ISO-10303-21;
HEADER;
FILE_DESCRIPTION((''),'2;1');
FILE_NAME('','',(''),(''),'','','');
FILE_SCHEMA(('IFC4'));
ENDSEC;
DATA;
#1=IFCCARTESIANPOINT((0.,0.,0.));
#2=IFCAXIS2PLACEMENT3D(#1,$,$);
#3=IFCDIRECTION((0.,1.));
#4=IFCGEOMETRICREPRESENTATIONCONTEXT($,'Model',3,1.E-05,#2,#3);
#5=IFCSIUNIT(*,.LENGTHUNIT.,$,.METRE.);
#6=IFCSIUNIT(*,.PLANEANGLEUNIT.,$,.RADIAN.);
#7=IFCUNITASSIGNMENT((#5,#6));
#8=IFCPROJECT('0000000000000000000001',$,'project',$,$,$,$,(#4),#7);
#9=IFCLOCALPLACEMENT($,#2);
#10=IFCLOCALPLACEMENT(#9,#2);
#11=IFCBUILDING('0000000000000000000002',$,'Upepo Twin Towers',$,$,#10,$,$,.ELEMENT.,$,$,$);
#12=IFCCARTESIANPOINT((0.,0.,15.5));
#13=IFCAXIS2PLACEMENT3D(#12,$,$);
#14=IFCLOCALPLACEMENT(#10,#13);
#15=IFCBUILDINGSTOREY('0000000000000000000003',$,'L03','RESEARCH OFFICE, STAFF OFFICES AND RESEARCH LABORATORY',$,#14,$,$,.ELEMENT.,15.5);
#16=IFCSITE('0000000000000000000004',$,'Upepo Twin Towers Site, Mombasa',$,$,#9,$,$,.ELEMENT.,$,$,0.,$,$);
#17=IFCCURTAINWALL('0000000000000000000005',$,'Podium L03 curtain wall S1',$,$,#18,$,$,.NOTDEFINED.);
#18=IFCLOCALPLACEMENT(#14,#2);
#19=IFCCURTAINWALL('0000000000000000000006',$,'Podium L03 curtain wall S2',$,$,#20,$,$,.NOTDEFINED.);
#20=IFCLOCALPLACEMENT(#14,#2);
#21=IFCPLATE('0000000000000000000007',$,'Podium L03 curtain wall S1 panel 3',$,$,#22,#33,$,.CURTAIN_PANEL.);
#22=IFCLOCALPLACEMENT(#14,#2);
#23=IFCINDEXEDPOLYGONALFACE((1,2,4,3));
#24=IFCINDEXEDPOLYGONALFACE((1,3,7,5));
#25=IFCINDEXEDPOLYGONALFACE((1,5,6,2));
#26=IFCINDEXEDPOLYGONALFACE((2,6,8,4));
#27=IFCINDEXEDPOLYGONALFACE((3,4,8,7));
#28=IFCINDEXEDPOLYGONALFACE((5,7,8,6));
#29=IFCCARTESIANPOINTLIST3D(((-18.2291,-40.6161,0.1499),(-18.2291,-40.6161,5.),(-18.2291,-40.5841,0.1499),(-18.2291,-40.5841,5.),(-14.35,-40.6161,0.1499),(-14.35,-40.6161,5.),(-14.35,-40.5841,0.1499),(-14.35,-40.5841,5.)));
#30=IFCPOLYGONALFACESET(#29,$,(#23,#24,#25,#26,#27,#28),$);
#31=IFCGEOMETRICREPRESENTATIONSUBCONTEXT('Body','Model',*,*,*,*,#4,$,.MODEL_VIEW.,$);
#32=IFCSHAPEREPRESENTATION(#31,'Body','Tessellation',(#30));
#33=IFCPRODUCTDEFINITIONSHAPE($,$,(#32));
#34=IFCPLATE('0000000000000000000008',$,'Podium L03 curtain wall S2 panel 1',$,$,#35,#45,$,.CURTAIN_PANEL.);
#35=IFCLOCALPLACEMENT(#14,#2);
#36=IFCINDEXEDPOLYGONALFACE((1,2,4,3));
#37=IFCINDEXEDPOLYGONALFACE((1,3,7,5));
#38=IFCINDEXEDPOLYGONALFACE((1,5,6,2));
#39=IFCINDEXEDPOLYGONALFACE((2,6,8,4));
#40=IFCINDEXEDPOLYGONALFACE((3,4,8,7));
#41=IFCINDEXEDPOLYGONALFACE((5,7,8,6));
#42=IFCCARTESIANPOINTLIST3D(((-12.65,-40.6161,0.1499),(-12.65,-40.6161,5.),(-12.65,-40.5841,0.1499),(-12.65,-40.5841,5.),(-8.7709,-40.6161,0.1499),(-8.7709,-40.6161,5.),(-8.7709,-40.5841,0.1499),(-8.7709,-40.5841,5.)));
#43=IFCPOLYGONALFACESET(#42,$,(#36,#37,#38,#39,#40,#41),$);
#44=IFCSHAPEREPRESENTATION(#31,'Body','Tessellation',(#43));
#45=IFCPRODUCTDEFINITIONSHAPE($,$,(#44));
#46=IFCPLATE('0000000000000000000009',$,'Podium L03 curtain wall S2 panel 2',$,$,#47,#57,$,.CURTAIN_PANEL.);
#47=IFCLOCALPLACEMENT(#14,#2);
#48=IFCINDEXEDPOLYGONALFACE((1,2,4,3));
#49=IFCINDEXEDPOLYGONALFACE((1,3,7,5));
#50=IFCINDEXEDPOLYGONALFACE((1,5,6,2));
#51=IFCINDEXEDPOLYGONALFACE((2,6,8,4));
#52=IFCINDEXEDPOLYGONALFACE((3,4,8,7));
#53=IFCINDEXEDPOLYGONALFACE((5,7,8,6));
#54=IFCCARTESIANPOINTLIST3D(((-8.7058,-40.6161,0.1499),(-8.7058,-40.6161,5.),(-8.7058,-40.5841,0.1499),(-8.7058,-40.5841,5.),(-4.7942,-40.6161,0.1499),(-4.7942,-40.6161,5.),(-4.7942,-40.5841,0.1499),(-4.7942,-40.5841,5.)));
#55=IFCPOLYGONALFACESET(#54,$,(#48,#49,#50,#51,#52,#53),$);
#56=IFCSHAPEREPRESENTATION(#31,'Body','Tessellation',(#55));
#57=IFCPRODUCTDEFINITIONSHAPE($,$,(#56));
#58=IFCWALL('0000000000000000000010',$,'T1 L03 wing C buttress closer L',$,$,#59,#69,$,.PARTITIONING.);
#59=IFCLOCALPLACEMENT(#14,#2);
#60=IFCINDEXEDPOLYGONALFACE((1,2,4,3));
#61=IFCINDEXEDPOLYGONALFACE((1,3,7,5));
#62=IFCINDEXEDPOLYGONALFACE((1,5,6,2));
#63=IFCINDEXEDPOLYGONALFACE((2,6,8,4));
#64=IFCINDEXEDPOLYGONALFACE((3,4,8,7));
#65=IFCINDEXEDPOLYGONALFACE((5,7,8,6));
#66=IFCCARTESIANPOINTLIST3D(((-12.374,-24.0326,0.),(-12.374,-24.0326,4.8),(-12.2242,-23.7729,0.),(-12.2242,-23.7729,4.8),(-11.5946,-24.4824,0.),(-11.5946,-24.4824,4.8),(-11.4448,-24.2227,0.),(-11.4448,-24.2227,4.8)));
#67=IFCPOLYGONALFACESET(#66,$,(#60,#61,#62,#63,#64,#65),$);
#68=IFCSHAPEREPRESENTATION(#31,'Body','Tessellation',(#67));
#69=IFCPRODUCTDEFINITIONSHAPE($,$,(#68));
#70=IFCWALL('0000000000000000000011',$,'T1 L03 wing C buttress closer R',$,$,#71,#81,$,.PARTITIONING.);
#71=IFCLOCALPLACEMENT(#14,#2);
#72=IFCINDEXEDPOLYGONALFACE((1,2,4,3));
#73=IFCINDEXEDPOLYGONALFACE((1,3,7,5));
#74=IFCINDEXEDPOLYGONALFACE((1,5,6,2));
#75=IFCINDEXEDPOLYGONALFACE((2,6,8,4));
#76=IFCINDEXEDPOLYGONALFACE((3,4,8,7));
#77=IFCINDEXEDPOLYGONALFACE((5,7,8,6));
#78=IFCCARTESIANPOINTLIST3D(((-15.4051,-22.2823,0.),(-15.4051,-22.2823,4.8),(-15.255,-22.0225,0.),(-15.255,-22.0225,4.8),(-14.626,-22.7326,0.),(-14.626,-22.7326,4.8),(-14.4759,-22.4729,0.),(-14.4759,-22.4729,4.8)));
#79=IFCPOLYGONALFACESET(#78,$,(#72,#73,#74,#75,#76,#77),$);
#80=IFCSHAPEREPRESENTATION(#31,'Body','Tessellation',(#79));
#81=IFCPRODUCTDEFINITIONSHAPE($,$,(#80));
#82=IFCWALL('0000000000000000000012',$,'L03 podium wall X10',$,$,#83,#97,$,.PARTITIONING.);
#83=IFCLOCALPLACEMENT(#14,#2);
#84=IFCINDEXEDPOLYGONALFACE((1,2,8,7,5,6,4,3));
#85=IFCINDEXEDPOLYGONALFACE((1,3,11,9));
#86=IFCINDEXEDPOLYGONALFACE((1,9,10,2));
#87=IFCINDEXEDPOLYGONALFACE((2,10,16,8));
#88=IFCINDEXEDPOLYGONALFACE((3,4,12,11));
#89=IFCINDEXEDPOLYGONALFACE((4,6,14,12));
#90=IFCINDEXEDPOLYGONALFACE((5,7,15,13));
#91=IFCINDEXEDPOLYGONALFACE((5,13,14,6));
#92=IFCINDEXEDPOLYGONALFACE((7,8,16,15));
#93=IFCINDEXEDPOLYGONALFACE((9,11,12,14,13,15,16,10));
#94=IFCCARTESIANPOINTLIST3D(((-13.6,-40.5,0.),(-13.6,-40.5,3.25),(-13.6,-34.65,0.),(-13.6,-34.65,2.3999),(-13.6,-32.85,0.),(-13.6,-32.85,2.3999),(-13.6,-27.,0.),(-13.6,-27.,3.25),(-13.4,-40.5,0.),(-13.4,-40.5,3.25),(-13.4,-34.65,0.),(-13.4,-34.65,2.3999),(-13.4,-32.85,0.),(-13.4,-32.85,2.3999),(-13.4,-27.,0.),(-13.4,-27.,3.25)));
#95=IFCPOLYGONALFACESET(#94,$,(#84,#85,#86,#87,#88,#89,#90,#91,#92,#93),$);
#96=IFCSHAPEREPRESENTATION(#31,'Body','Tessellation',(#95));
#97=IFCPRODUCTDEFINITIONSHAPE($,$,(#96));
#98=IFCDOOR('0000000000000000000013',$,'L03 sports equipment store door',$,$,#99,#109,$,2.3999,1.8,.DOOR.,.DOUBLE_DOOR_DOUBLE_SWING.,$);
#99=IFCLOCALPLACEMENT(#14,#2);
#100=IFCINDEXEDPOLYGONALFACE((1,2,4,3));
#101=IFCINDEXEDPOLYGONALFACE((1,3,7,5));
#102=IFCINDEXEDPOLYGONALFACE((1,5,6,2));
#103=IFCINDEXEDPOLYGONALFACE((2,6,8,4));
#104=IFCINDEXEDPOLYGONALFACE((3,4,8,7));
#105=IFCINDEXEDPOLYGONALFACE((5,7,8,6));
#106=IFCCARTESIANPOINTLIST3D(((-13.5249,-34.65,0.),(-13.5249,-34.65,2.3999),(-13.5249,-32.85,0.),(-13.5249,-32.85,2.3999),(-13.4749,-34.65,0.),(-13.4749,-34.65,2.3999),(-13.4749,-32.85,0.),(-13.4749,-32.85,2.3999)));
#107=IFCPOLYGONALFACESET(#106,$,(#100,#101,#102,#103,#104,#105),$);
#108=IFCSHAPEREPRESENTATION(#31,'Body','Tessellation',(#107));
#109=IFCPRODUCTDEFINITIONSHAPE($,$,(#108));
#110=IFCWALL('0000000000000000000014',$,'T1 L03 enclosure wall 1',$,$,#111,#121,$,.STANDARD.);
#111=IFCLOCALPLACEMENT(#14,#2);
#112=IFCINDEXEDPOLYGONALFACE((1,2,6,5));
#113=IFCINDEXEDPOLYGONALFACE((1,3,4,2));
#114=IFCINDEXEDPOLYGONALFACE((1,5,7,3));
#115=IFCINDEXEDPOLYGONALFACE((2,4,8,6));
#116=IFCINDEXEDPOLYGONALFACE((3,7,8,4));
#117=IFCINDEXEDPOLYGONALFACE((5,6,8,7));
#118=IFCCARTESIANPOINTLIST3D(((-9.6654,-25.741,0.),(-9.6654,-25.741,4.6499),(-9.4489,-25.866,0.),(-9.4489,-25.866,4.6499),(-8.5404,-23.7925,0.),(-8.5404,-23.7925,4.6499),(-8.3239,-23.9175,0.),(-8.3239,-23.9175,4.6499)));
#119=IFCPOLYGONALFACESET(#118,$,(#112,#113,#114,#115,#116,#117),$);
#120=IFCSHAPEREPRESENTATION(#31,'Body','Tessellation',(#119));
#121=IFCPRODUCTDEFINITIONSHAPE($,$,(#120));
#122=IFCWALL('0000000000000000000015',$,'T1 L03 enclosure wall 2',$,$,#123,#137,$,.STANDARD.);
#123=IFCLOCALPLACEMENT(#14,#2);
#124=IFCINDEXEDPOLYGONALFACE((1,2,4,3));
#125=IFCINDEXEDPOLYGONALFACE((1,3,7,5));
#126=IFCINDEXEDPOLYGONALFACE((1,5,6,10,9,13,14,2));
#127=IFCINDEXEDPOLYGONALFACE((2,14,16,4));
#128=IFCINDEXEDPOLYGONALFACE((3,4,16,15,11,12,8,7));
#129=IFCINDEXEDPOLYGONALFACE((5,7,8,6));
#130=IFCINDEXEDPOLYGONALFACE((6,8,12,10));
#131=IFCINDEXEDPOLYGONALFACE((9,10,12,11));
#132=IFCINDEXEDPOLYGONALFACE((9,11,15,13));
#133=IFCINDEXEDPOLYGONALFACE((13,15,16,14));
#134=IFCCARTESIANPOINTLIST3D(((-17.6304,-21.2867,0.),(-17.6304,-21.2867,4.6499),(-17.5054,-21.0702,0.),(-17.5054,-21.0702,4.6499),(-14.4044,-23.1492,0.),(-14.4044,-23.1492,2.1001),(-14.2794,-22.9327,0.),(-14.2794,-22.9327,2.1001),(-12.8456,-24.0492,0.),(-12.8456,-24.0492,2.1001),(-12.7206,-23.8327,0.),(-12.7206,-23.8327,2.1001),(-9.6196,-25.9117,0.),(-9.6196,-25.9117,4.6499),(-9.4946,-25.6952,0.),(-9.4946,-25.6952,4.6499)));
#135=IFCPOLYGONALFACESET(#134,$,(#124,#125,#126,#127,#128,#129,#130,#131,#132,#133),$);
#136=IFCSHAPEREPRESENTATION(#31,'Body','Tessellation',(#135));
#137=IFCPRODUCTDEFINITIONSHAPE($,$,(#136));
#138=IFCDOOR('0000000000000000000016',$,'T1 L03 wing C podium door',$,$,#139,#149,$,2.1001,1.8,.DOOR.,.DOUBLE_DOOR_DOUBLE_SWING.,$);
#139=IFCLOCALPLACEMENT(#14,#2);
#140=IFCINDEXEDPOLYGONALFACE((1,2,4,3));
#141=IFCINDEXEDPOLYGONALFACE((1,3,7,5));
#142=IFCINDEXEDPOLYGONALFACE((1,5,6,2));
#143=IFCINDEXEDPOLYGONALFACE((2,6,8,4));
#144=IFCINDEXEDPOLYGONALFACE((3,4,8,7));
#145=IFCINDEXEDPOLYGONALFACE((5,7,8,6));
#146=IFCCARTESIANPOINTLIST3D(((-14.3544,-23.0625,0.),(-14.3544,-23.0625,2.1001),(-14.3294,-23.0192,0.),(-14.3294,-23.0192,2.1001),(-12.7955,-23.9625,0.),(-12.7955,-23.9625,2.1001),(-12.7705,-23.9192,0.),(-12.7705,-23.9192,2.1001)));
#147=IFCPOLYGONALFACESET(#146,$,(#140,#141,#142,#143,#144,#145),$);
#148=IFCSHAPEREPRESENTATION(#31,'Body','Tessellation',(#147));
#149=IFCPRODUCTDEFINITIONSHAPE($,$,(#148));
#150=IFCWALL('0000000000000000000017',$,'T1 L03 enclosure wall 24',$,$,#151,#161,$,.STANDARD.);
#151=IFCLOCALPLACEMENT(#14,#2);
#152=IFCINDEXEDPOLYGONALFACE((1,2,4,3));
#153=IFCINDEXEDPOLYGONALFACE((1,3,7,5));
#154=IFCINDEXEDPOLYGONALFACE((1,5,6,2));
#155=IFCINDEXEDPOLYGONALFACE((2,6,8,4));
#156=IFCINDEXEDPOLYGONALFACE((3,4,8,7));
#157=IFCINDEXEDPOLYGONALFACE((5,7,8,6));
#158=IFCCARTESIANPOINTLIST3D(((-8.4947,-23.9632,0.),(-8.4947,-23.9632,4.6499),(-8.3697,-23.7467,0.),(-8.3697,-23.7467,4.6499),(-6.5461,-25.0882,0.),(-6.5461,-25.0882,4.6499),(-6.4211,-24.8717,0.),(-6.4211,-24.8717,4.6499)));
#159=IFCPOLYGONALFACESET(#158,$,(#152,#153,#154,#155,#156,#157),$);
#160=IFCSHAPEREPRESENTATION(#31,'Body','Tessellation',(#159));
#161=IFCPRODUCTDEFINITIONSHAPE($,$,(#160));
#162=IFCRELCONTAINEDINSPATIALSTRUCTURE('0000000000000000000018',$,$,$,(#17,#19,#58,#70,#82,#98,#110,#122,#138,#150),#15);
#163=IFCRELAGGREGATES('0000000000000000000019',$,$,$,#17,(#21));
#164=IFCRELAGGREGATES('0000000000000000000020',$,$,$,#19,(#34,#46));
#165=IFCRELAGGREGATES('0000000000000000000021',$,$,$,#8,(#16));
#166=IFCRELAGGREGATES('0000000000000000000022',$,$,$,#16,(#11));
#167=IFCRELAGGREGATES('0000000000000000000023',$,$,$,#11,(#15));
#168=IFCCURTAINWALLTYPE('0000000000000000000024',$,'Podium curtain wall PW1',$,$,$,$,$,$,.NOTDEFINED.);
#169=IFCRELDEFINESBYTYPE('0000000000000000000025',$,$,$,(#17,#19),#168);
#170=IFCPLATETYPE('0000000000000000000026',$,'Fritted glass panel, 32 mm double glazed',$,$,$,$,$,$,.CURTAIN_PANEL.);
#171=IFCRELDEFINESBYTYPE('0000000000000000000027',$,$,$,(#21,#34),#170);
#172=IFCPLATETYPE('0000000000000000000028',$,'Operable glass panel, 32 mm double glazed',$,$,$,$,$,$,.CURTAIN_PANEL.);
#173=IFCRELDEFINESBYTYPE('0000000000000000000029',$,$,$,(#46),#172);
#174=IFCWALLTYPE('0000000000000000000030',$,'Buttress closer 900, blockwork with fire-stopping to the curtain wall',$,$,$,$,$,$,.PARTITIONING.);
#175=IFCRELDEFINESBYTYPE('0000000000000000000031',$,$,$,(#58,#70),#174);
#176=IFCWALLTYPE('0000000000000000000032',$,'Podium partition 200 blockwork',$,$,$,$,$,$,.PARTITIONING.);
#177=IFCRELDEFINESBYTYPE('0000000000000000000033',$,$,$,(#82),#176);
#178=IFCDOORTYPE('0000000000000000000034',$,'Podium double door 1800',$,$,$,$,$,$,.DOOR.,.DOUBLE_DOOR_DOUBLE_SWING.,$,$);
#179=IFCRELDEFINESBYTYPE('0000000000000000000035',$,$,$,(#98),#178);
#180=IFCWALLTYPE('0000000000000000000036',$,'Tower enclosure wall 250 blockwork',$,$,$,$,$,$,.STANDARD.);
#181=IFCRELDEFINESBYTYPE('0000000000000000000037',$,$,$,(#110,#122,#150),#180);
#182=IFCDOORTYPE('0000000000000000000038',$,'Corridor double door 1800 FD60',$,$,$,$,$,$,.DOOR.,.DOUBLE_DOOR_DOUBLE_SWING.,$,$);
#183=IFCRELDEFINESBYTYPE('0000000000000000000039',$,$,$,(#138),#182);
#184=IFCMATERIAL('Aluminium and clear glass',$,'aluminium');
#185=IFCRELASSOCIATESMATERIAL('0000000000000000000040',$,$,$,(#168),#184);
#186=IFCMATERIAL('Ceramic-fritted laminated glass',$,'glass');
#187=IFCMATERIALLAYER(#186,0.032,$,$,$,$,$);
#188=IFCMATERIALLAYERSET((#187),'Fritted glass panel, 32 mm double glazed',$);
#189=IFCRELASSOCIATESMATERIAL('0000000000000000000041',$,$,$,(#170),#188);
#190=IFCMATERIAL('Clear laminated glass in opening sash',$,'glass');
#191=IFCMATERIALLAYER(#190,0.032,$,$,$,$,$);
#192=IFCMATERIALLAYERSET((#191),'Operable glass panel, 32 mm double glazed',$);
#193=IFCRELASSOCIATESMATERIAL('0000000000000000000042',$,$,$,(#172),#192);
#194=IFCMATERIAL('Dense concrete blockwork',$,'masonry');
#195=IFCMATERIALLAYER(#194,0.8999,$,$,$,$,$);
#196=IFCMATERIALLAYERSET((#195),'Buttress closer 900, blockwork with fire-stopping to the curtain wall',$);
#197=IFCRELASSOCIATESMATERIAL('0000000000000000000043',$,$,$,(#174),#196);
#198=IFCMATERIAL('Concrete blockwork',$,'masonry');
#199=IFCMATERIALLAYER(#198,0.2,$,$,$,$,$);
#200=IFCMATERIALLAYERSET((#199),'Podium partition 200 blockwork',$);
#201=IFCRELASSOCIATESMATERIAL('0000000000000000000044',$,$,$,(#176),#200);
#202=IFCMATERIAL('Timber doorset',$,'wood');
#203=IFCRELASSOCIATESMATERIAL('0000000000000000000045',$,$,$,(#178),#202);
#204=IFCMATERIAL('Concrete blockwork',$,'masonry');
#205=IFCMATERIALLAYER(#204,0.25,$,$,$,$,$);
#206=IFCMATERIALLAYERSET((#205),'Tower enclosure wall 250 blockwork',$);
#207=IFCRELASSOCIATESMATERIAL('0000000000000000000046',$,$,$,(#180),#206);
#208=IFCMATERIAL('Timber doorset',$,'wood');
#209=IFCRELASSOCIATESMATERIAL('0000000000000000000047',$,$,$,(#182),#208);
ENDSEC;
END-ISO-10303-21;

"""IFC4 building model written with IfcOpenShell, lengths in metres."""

from ifc_helpers import new_model, si_unit, direction, frame, frame_2d, origin, origin_2d, place, context, subcontext, project, spatial, rectangle, extrude, material, layer, layer_set, type_object, element, fill, aggregate, save


model = new_model("IFC4")

# Units and contexts
model_context = context("Model", 3, precision=1e-05, world=origin(), true_north=direction((0.0, 1.0)))
body_context = subcontext(model_context, "Body", "Model", "MODEL_VIEW")
ifc_project = project(units=[si_unit("LENGTHUNIT", "METRE"), si_unit("PLANEANGLEUNIT", "RADIAN")], contexts=[model_context])

# Site, building, storey
site_placement = place(None, origin())
site = spatial("IfcSite", under=ifc_project, at=site_placement, Name="Upepo Twin Towers Site, Mombasa", CompositionType="ELEMENT", RefElevation=0.0)
building_placement = place(site_placement, origin())
building = spatial("IfcBuilding", under=site, at=building_placement, Name="Upepo Twin Towers", CompositionType="ELEMENT")
storey_placement = place(building_placement, frame((0.0, 0.0, 15.5)))
storey = spatial("IfcBuildingStorey", under=building, at=storey_placement, Name="L03", Description="RESEARCH OFFICE, STAFF OFFICES AND RESEARCH LABORATORY", CompositionType="ELEMENT", Elevation=15.5)

# Curtain wall
ifc_material_1 = material(Name="Aluminium and clear glass", Category="aluminium")
curtain_wall_type = type_object("IfcCurtainWallType", Name="Podium curtain wall PW1", PredefinedType="NOTDEFINED", material=ifc_material_1)
curtain_wall_1_placement = place(storey_placement, origin())
curtain_wall_1 = element("IfcCurtainWall", 1, at=curtain_wall_1_placement, inside=storey, type_object=curtain_wall_type, Name="Podium L03 curtain wall S1", PredefinedType="NOTDEFINED")

# Curtain wall
curtain_wall_2_placement = place(storey_placement, origin())
curtain_wall_2 = element("IfcCurtainWall", 2, at=curtain_wall_2_placement, inside=storey, type_object=curtain_wall_type, Name="Podium L03 curtain wall S2", PredefinedType="NOTDEFINED")

# Plates
ifc_material_2 = material(Name="Ceramic-fritted laminated glass", Category="glass")
ifc_layer_1 = layer(ifc_material_2, 0.032)
ifc_layer_set_1 = layer_set([ifc_layer_1], Name="Fritted glass panel, 32 mm double glazed")
plate_type_1 = type_object("IfcPlateType", Name="Fritted glass panel, 32 mm double glazed", PredefinedType="CURTAIN_PANEL", material=ifc_layer_set_1)
plate_1_placement = place(storey_placement, frame((-16.2896, -40.6001, 0.1499), z_axis=(0.0, 0.0, 1.0), x_axis=(1.0, 0.0, 0.0)))
plate_1 = element("IfcPlate", 3, at=plate_1_placement, type_object=plate_type_1, Name="Podium L03 curtain wall S1 panel 3", PredefinedType="CURTAIN_PANEL", context=body_context, shape_type="SweptSolid", body=[
    extrude(rectangle(XDim=3.8792, YDim=0.032, at=origin_2d()), origin(), (0.0, 0.0, 1.0), 4.8501),
])
aggregate(curtain_wall_1, [plate_1])
plate_2_placement = place(storey_placement, frame((-10.7104, -40.6001, 0.1499), z_axis=(0.0, 0.0, 1.0), x_axis=(1.0, 0.0, 0.0)))
plate_2 = element("IfcPlate", 4, at=plate_2_placement, type_object=plate_type_1, Name="Podium L03 curtain wall S2 panel 1", PredefinedType="CURTAIN_PANEL", context=body_context, shape_type="SweptSolid", body=[
    extrude(rectangle(XDim=3.8792, YDim=0.032, at=origin_2d()), origin(), (0.0, 0.0, 1.0), 4.8501),
])
ifc_material_3 = material(Name="Clear laminated glass in opening sash", Category="glass")
ifc_layer_2 = layer(ifc_material_3, 0.032)
ifc_layer_set_2 = layer_set([ifc_layer_2], Name="Operable glass panel, 32 mm double glazed")
plate_type_2 = type_object("IfcPlateType", Name="Operable glass panel, 32 mm double glazed", PredefinedType="CURTAIN_PANEL", material=ifc_layer_set_2)
plate_3_placement = place(storey_placement, frame((-6.75, -40.6001, 0.1499), z_axis=(0.0, 0.0, 1.0), x_axis=(1.0, 0.0, 0.0)))
plate_3 = element("IfcPlate", 5, at=plate_3_placement, type_object=plate_type_2, Name="Podium L03 curtain wall S2 panel 2", PredefinedType="CURTAIN_PANEL", context=body_context, shape_type="SweptSolid", body=[
    extrude(rectangle(XDim=3.9116, YDim=0.032, at=origin_2d()), origin(), (0.0, 0.0, 1.0), 4.8501),
])
aggregate(curtain_wall_2, [plate_2, plate_3])

# Walls
ifc_material_4 = material(Name="Dense concrete blockwork", Category="masonry")
ifc_layer_3 = layer(ifc_material_4, 0.8999)
ifc_layer_set_3 = layer_set([ifc_layer_3], Name="Buttress closer 900, blockwork with fire-stopping to the curtain wall")
wall_type_1 = type_object("IfcWallType", Name="Buttress closer 900, blockwork with fire-stopping to the curtain wall", PredefinedType="PARTITIONING", material=ifc_layer_set_3)
wall_1_placement = place(storey_placement, frame((-11.8345, -23.9978, 0.0), z_axis=(0.0, 0.0, 1.0), x_axis=(-0.499816, -0.866131, 0.0)))
element("IfcWall", 6, at=wall_1_placement, inside=storey, type_object=wall_type_1, Name="T1 L03 wing C buttress closer L", PredefinedType="PARTITIONING", context=body_context, shape_type="SweptSolid", body=[
    extrude(rectangle(XDim=0.2998, YDim=0.8999, at=frame_2d((0.1499, 0.0))), origin(), (0.0, 0.0, 1.0), 4.8),
])
wall_2_placement = place(storey_placement, frame((-14.8655, -22.2478, 0.0), z_axis=(0.0, 0.0, 1.0), x_axis=(-0.500427, -0.865779, 0.0)))
element("IfcWall", 7, at=wall_2_placement, inside=storey, type_object=wall_type_1, Name="T1 L03 wing C buttress closer R", PredefinedType="PARTITIONING", context=body_context, shape_type="SweptSolid", body=[
    extrude(rectangle(XDim=0.3, YDim=0.8999, at=frame_2d((0.1499, 0.0))), origin(), (0.0, 0.0, 1.0), 4.8),
])

# Wall, opening, door
ifc_material_5 = material(Name="Concrete blockwork", Category="masonry")
ifc_layer_4 = layer(ifc_material_5, 0.2)
ifc_layer_set_4 = layer_set([ifc_layer_4], Name="Podium partition 200 blockwork")
wall_type_2 = type_object("IfcWallType", Name="Podium partition 200 blockwork", PredefinedType="PARTITIONING", material=ifc_layer_set_4)
wall_3_placement = place(storey_placement, frame((-13.5, -40.5, 0.0), z_axis=(0.0, 0.0, 1.0), x_axis=(0.0, 1.0, 0.0)))
wall_3 = element("IfcWall", 8, at=wall_3_placement, inside=storey, type_object=wall_type_2, Name="L03 podium wall X10", PredefinedType="PARTITIONING", context=body_context, shape_type="SweptSolid", body=[
    extrude(rectangle(XDim=13.5, YDim=0.2, at=frame_2d((6.75, 0.0))), origin(), (0.0, 0.0, 1.0), 3.25),
])
opening_1_placement = place(wall_3_placement, frame((5.8501, 0.0, 0.0)))
opening_1 = element("IfcOpeningElement", 9, at=opening_1_placement, cuts=wall_3, PredefinedType="OPENING", context=body_context, shape_type="SweptSolid", body=[
    extrude(rectangle(XDim=1.8, YDim=2.3999, at=frame_2d((0.8999, 1.2))), frame((0.0, 0.1099, 0.0), z_axis=(0.0, -1.0, 0.0), x_axis=(1.0, 0.0, 0.0)), (0.0, 0.0, 1.0), 0.22),
])
ifc_material_6 = material(Name="Timber doorset", Category="wood")
door_type_1 = type_object("IfcDoorType", Name="Podium double door 1800", OperationType="DOUBLE_DOOR_DOUBLE_SWING", PredefinedType="DOOR", material=ifc_material_6)
door_1_placement = place(opening_1_placement, origin())
door_1 = element("IfcDoor", 10, at=door_1_placement, inside=storey, type_object=door_type_1, Name="L03 sports equipment store door", OperationType="DOUBLE_DOOR_DOUBLE_SWING", OverallHeight=2.3999, OverallWidth=1.8, PredefinedType="DOOR", context=body_context, shape_type="SweptSolid", body=[
    extrude(rectangle(XDim=1.8, YDim=2.3999, at=frame_2d((0.8999, 1.2))), frame((0.0, 0.0249, 0.0), z_axis=(0.0, -1.0, 0.0), x_axis=(1.0, 0.0, 0.0)), (0.0, 0.0, 1.0), 0.05),
])
fill(opening_1, door_1)

# Wall
ifc_material_7 = material(Name="Concrete blockwork", Category="masonry")
ifc_layer_5 = layer(ifc_material_7, 0.25)
ifc_layer_set_5 = layer_set([ifc_layer_5], Name="Tower enclosure wall 250 blockwork")
wall_type_3 = type_object("IfcWallType", Name="Tower enclosure wall 250 blockwork", PredefinedType="STANDARD", material=ifc_layer_set_5)
wall_4_placement = place(storey_placement, frame((-8.4321, -23.855, 0.0), z_axis=(0.0, 0.0, 1.0), x_axis=(-0.500014, -0.866018, 0.0)))
element("IfcWall", 11, at=wall_4_placement, inside=storey, type_object=wall_type_3, Name="T1 L03 enclosure wall 1", PredefinedType="STANDARD", context=body_context, shape_type="SweptSolid", body=[
    extrude(rectangle(XDim=2.25, YDim=0.25, at=frame_2d((1.125, 0.0))), origin(), (0.0, 0.0, 1.0), 4.6499),
])

# Wall, opening, door
wall_5_placement = place(storey_placement, frame((-9.5571, -25.8035, 0.0), z_axis=(0.0, 0.0, 1.0), x_axis=(-0.866026, 0.5, 0.0)))
wall_5 = element("IfcWall", 12, at=wall_5_placement, inside=storey, type_object=wall_type_3, Name="T1 L03 enclosure wall 2", PredefinedType="STANDARD", context=body_context, shape_type="SweptSolid", body=[
    extrude(rectangle(XDim=9.25, YDim=0.25, at=frame_2d((4.625, 0.0))), origin(), (0.0, 0.0, 1.0), 4.6499),
])
opening_2_placement = place(wall_5_placement, frame((3.7251, 0.0, 0.0)))
opening_2 = element("IfcOpeningElement", 13, at=opening_2_placement, cuts=wall_5, PredefinedType="OPENING", context=body_context, shape_type="SweptSolid", body=[
    extrude(rectangle(XDim=1.8, YDim=2.1001, at=frame_2d((0.8999, 1.05))), frame((0.0, 0.135, 0.0), z_axis=(0.0, -1.0, 0.0), x_axis=(1.0, 0.0, 0.0)), (0.0, 0.0, 1.0), 0.27),
])
ifc_material_8 = material(Name="Timber doorset", Category="wood")
door_type_2 = type_object("IfcDoorType", Name="Corridor double door 1800 FD60", OperationType="DOUBLE_DOOR_DOUBLE_SWING", PredefinedType="DOOR", material=ifc_material_8)
door_2_placement = place(opening_2_placement, origin())
door_2 = element("IfcDoor", 14, at=door_2_placement, inside=storey, type_object=door_type_2, Name="T1 L03 wing C podium door", OperationType="DOUBLE_DOOR_DOUBLE_SWING", OverallHeight=2.1001, OverallWidth=1.8, PredefinedType="DOOR", context=body_context, shape_type="SweptSolid", body=[
    extrude(rectangle(XDim=1.8, YDim=2.1001, at=frame_2d((0.8999, 1.05))), frame((0.0, 0.0249, 0.0), z_axis=(0.0, -1.0, 0.0), x_axis=(1.0, 0.0, 0.0)), (0.0, 0.0, 1.0), 0.05),
])
fill(opening_2, door_2)

# Wall
wall_6_placement = place(storey_placement, frame((-6.4836, -24.98, 0.0), z_axis=(0.0, 0.0, 1.0), x_axis=(-0.866018, 0.500014, 0.0)))
element("IfcWall", 15, at=wall_6_placement, inside=storey, type_object=wall_type_3, Name="T1 L03 enclosure wall 24", PredefinedType="STANDARD", context=body_context, shape_type="SweptSolid", body=[
    extrude(rectangle(XDim=2.25, YDim=0.25, at=frame_2d((1.125, 0.0))), origin(), (0.0, 0.0, 1.0), 4.6499),
])

save(model, "model.ifc")
